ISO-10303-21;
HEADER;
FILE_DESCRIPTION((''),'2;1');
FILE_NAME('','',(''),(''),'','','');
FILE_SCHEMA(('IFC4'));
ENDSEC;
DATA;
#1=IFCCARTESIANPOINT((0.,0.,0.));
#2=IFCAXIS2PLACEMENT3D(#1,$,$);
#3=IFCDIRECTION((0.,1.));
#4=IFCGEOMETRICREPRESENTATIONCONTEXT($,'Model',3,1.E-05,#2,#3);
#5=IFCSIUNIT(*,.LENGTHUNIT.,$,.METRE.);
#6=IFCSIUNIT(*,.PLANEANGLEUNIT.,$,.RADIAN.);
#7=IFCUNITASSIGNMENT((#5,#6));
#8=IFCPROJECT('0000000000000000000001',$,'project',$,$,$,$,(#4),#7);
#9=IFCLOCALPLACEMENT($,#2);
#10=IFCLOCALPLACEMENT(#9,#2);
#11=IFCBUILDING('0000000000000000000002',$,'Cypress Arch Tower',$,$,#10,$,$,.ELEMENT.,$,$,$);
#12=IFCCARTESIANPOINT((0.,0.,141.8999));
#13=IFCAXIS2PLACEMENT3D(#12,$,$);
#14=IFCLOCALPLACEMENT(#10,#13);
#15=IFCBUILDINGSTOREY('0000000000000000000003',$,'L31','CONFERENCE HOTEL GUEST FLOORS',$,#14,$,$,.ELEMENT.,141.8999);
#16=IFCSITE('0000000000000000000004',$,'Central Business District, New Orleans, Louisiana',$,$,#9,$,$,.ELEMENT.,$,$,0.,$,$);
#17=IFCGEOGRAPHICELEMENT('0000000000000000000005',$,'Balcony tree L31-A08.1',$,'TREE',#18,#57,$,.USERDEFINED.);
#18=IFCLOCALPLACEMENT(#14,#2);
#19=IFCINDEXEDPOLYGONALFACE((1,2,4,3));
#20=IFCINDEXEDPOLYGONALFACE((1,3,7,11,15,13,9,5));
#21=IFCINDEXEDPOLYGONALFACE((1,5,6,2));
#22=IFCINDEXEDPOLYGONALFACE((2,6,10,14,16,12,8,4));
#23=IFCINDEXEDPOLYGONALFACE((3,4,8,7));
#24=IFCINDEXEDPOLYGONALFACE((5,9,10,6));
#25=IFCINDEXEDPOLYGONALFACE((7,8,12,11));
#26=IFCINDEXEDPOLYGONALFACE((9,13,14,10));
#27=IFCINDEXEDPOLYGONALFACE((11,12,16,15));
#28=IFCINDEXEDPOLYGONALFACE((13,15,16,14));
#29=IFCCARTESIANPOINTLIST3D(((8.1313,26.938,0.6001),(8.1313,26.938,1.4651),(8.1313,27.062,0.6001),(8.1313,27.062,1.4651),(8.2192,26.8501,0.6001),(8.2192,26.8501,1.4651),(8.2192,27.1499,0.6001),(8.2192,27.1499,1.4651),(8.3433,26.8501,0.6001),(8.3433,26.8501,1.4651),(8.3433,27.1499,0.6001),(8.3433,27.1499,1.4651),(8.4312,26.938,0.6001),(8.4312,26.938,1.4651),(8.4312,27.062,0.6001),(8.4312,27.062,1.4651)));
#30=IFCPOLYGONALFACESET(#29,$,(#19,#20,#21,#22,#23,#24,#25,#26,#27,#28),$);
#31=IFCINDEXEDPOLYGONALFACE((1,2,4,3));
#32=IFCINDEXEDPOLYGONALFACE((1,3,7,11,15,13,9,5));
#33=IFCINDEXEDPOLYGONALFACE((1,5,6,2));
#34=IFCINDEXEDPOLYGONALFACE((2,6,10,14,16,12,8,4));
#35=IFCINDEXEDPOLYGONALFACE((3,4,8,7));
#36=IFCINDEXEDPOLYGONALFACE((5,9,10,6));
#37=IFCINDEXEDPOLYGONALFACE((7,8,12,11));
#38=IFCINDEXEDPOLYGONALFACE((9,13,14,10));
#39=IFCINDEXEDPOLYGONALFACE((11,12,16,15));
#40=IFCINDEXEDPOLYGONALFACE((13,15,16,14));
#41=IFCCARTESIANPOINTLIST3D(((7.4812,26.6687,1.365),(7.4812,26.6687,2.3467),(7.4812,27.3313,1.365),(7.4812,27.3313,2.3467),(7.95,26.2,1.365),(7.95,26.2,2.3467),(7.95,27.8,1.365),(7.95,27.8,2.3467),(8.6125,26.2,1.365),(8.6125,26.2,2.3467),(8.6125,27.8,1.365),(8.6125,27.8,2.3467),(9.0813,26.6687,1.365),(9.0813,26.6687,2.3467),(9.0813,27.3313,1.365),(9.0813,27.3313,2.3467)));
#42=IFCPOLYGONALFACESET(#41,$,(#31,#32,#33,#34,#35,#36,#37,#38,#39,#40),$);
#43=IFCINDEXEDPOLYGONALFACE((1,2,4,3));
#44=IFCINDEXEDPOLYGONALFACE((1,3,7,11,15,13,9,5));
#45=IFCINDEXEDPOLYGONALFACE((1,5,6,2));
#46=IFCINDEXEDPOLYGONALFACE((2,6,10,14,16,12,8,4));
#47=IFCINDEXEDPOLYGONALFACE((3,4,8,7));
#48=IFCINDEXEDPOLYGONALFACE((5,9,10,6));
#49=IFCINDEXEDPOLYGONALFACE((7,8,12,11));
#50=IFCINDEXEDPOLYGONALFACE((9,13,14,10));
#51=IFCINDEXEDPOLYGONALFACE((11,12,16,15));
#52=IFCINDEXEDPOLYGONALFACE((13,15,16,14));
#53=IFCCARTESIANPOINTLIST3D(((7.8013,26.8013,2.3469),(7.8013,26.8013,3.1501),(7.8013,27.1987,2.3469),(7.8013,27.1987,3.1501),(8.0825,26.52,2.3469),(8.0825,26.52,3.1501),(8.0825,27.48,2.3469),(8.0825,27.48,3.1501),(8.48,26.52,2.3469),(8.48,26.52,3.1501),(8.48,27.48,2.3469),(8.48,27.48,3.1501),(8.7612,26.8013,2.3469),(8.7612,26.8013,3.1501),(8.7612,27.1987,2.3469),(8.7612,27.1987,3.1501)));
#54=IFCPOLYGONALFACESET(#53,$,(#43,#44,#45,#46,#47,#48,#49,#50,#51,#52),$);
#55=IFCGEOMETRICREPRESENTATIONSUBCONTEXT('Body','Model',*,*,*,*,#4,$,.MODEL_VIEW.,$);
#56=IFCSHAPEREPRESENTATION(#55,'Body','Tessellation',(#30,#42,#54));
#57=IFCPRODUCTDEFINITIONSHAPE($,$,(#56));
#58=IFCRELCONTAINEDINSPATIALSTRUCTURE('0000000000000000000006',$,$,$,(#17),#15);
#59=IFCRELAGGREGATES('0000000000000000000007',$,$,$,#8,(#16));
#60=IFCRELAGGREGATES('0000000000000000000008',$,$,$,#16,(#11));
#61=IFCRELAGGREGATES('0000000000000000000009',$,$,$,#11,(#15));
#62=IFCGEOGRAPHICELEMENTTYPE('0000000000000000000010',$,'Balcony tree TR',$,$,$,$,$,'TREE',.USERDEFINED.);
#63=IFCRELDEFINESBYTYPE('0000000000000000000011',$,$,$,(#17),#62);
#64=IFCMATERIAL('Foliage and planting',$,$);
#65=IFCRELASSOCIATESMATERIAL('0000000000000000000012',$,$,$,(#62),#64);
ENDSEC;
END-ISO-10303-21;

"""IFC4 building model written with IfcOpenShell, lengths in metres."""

from ifc_helpers import new_model, si_unit, direction, frame, origin, place, context, subcontext, project, spatial, polyline, outline, extrude, material, type_object, element, save


model = new_model("IFC4")

# Units and contexts
model_context = context("Model", 3, precision=1e-05, world=origin(), true_north=direction((0.0, 1.0)))
body_context = subcontext(model_context, "Body", "Model", "MODEL_VIEW")
ifc_project = project(units=[si_unit("LENGTHUNIT", "METRE"), si_unit("PLANEANGLEUNIT", "RADIAN")], contexts=[model_context])

# Site, building, storey
site_placement = place(None, origin())
site = spatial("IfcSite", under=ifc_project, at=site_placement, Name="Central Business District, New Orleans, Louisiana", CompositionType="ELEMENT", RefElevation=0.0)
building_placement = place(site_placement, origin())
building = spatial("IfcBuilding", under=site, at=building_placement, Name="Cypress Arch Tower", CompositionType="ELEMENT")
storey_placement = place(building_placement, frame((0.0, 0.0, 141.8999)))
storey = spatial("IfcBuildingStorey", under=building, at=storey_placement, Name="L31", Description="CONFERENCE HOTEL GUEST FLOORS", CompositionType="ELEMENT", Elevation=141.8999)

# Geographic element
ifc_material_1 = material(Name="Foliage and planting")
geographic_element_type = type_object("IfcGeographicElementType", Name="Balcony tree TR", ElementType="TREE", PredefinedType="USERDEFINED", material=ifc_material_1)
geographic_element_placement = place(storey_placement, frame((8.2812, 27.0, 0.6001), z_axis=(0.0, 0.0, 1.0), x_axis=(1.0, 0.0, 0.0)))
element("IfcGeographicElement", 1, at=geographic_element_placement, inside=storey, type_object=geographic_element_type, Name="Balcony tree L31-A08.1", ObjectType="TREE", PredefinedType="USERDEFINED", context=body_context, shape_type="SweptSolid", body=[
    extrude(outline(polyline([(0.1499, 0.062), (0.062, 0.1499), (-0.062, 0.1499), (-0.1499, 0.062), (-0.1499, -0.062), (-0.062, -0.1499), (0.062, -0.1499), (0.1499, -0.062), (0.1499, 0.062)])), origin(), (0.0, 0.0, 1.0), 0.865),
    extrude(outline(polyline([(0.8, 0.3313), (0.3313, 0.8), (-0.3313, 0.8), (-0.8, 0.3313), (-0.8, -0.3313), (-0.3313, -0.8), (0.3313, -0.8), (0.8, -0.3313), (0.8, 0.3313)])), frame((0.0, 0.0, 0.7649)), (0.0, 0.0, 1.0), 0.9817),
    extrude(outline(polyline([(0.48, 0.1987), (0.1987, 0.48), (-0.1987, 0.48), (-0.48, 0.1987), (-0.48, -0.1987), (-0.1987, -0.48), (0.1987, -0.48), (0.48, -0.1987), (0.48, 0.1987)])), frame((0.0, 0.0, 1.7468)), (0.0, 0.0, 1.0), 0.8032),
])

save(model, "model.ifc")
